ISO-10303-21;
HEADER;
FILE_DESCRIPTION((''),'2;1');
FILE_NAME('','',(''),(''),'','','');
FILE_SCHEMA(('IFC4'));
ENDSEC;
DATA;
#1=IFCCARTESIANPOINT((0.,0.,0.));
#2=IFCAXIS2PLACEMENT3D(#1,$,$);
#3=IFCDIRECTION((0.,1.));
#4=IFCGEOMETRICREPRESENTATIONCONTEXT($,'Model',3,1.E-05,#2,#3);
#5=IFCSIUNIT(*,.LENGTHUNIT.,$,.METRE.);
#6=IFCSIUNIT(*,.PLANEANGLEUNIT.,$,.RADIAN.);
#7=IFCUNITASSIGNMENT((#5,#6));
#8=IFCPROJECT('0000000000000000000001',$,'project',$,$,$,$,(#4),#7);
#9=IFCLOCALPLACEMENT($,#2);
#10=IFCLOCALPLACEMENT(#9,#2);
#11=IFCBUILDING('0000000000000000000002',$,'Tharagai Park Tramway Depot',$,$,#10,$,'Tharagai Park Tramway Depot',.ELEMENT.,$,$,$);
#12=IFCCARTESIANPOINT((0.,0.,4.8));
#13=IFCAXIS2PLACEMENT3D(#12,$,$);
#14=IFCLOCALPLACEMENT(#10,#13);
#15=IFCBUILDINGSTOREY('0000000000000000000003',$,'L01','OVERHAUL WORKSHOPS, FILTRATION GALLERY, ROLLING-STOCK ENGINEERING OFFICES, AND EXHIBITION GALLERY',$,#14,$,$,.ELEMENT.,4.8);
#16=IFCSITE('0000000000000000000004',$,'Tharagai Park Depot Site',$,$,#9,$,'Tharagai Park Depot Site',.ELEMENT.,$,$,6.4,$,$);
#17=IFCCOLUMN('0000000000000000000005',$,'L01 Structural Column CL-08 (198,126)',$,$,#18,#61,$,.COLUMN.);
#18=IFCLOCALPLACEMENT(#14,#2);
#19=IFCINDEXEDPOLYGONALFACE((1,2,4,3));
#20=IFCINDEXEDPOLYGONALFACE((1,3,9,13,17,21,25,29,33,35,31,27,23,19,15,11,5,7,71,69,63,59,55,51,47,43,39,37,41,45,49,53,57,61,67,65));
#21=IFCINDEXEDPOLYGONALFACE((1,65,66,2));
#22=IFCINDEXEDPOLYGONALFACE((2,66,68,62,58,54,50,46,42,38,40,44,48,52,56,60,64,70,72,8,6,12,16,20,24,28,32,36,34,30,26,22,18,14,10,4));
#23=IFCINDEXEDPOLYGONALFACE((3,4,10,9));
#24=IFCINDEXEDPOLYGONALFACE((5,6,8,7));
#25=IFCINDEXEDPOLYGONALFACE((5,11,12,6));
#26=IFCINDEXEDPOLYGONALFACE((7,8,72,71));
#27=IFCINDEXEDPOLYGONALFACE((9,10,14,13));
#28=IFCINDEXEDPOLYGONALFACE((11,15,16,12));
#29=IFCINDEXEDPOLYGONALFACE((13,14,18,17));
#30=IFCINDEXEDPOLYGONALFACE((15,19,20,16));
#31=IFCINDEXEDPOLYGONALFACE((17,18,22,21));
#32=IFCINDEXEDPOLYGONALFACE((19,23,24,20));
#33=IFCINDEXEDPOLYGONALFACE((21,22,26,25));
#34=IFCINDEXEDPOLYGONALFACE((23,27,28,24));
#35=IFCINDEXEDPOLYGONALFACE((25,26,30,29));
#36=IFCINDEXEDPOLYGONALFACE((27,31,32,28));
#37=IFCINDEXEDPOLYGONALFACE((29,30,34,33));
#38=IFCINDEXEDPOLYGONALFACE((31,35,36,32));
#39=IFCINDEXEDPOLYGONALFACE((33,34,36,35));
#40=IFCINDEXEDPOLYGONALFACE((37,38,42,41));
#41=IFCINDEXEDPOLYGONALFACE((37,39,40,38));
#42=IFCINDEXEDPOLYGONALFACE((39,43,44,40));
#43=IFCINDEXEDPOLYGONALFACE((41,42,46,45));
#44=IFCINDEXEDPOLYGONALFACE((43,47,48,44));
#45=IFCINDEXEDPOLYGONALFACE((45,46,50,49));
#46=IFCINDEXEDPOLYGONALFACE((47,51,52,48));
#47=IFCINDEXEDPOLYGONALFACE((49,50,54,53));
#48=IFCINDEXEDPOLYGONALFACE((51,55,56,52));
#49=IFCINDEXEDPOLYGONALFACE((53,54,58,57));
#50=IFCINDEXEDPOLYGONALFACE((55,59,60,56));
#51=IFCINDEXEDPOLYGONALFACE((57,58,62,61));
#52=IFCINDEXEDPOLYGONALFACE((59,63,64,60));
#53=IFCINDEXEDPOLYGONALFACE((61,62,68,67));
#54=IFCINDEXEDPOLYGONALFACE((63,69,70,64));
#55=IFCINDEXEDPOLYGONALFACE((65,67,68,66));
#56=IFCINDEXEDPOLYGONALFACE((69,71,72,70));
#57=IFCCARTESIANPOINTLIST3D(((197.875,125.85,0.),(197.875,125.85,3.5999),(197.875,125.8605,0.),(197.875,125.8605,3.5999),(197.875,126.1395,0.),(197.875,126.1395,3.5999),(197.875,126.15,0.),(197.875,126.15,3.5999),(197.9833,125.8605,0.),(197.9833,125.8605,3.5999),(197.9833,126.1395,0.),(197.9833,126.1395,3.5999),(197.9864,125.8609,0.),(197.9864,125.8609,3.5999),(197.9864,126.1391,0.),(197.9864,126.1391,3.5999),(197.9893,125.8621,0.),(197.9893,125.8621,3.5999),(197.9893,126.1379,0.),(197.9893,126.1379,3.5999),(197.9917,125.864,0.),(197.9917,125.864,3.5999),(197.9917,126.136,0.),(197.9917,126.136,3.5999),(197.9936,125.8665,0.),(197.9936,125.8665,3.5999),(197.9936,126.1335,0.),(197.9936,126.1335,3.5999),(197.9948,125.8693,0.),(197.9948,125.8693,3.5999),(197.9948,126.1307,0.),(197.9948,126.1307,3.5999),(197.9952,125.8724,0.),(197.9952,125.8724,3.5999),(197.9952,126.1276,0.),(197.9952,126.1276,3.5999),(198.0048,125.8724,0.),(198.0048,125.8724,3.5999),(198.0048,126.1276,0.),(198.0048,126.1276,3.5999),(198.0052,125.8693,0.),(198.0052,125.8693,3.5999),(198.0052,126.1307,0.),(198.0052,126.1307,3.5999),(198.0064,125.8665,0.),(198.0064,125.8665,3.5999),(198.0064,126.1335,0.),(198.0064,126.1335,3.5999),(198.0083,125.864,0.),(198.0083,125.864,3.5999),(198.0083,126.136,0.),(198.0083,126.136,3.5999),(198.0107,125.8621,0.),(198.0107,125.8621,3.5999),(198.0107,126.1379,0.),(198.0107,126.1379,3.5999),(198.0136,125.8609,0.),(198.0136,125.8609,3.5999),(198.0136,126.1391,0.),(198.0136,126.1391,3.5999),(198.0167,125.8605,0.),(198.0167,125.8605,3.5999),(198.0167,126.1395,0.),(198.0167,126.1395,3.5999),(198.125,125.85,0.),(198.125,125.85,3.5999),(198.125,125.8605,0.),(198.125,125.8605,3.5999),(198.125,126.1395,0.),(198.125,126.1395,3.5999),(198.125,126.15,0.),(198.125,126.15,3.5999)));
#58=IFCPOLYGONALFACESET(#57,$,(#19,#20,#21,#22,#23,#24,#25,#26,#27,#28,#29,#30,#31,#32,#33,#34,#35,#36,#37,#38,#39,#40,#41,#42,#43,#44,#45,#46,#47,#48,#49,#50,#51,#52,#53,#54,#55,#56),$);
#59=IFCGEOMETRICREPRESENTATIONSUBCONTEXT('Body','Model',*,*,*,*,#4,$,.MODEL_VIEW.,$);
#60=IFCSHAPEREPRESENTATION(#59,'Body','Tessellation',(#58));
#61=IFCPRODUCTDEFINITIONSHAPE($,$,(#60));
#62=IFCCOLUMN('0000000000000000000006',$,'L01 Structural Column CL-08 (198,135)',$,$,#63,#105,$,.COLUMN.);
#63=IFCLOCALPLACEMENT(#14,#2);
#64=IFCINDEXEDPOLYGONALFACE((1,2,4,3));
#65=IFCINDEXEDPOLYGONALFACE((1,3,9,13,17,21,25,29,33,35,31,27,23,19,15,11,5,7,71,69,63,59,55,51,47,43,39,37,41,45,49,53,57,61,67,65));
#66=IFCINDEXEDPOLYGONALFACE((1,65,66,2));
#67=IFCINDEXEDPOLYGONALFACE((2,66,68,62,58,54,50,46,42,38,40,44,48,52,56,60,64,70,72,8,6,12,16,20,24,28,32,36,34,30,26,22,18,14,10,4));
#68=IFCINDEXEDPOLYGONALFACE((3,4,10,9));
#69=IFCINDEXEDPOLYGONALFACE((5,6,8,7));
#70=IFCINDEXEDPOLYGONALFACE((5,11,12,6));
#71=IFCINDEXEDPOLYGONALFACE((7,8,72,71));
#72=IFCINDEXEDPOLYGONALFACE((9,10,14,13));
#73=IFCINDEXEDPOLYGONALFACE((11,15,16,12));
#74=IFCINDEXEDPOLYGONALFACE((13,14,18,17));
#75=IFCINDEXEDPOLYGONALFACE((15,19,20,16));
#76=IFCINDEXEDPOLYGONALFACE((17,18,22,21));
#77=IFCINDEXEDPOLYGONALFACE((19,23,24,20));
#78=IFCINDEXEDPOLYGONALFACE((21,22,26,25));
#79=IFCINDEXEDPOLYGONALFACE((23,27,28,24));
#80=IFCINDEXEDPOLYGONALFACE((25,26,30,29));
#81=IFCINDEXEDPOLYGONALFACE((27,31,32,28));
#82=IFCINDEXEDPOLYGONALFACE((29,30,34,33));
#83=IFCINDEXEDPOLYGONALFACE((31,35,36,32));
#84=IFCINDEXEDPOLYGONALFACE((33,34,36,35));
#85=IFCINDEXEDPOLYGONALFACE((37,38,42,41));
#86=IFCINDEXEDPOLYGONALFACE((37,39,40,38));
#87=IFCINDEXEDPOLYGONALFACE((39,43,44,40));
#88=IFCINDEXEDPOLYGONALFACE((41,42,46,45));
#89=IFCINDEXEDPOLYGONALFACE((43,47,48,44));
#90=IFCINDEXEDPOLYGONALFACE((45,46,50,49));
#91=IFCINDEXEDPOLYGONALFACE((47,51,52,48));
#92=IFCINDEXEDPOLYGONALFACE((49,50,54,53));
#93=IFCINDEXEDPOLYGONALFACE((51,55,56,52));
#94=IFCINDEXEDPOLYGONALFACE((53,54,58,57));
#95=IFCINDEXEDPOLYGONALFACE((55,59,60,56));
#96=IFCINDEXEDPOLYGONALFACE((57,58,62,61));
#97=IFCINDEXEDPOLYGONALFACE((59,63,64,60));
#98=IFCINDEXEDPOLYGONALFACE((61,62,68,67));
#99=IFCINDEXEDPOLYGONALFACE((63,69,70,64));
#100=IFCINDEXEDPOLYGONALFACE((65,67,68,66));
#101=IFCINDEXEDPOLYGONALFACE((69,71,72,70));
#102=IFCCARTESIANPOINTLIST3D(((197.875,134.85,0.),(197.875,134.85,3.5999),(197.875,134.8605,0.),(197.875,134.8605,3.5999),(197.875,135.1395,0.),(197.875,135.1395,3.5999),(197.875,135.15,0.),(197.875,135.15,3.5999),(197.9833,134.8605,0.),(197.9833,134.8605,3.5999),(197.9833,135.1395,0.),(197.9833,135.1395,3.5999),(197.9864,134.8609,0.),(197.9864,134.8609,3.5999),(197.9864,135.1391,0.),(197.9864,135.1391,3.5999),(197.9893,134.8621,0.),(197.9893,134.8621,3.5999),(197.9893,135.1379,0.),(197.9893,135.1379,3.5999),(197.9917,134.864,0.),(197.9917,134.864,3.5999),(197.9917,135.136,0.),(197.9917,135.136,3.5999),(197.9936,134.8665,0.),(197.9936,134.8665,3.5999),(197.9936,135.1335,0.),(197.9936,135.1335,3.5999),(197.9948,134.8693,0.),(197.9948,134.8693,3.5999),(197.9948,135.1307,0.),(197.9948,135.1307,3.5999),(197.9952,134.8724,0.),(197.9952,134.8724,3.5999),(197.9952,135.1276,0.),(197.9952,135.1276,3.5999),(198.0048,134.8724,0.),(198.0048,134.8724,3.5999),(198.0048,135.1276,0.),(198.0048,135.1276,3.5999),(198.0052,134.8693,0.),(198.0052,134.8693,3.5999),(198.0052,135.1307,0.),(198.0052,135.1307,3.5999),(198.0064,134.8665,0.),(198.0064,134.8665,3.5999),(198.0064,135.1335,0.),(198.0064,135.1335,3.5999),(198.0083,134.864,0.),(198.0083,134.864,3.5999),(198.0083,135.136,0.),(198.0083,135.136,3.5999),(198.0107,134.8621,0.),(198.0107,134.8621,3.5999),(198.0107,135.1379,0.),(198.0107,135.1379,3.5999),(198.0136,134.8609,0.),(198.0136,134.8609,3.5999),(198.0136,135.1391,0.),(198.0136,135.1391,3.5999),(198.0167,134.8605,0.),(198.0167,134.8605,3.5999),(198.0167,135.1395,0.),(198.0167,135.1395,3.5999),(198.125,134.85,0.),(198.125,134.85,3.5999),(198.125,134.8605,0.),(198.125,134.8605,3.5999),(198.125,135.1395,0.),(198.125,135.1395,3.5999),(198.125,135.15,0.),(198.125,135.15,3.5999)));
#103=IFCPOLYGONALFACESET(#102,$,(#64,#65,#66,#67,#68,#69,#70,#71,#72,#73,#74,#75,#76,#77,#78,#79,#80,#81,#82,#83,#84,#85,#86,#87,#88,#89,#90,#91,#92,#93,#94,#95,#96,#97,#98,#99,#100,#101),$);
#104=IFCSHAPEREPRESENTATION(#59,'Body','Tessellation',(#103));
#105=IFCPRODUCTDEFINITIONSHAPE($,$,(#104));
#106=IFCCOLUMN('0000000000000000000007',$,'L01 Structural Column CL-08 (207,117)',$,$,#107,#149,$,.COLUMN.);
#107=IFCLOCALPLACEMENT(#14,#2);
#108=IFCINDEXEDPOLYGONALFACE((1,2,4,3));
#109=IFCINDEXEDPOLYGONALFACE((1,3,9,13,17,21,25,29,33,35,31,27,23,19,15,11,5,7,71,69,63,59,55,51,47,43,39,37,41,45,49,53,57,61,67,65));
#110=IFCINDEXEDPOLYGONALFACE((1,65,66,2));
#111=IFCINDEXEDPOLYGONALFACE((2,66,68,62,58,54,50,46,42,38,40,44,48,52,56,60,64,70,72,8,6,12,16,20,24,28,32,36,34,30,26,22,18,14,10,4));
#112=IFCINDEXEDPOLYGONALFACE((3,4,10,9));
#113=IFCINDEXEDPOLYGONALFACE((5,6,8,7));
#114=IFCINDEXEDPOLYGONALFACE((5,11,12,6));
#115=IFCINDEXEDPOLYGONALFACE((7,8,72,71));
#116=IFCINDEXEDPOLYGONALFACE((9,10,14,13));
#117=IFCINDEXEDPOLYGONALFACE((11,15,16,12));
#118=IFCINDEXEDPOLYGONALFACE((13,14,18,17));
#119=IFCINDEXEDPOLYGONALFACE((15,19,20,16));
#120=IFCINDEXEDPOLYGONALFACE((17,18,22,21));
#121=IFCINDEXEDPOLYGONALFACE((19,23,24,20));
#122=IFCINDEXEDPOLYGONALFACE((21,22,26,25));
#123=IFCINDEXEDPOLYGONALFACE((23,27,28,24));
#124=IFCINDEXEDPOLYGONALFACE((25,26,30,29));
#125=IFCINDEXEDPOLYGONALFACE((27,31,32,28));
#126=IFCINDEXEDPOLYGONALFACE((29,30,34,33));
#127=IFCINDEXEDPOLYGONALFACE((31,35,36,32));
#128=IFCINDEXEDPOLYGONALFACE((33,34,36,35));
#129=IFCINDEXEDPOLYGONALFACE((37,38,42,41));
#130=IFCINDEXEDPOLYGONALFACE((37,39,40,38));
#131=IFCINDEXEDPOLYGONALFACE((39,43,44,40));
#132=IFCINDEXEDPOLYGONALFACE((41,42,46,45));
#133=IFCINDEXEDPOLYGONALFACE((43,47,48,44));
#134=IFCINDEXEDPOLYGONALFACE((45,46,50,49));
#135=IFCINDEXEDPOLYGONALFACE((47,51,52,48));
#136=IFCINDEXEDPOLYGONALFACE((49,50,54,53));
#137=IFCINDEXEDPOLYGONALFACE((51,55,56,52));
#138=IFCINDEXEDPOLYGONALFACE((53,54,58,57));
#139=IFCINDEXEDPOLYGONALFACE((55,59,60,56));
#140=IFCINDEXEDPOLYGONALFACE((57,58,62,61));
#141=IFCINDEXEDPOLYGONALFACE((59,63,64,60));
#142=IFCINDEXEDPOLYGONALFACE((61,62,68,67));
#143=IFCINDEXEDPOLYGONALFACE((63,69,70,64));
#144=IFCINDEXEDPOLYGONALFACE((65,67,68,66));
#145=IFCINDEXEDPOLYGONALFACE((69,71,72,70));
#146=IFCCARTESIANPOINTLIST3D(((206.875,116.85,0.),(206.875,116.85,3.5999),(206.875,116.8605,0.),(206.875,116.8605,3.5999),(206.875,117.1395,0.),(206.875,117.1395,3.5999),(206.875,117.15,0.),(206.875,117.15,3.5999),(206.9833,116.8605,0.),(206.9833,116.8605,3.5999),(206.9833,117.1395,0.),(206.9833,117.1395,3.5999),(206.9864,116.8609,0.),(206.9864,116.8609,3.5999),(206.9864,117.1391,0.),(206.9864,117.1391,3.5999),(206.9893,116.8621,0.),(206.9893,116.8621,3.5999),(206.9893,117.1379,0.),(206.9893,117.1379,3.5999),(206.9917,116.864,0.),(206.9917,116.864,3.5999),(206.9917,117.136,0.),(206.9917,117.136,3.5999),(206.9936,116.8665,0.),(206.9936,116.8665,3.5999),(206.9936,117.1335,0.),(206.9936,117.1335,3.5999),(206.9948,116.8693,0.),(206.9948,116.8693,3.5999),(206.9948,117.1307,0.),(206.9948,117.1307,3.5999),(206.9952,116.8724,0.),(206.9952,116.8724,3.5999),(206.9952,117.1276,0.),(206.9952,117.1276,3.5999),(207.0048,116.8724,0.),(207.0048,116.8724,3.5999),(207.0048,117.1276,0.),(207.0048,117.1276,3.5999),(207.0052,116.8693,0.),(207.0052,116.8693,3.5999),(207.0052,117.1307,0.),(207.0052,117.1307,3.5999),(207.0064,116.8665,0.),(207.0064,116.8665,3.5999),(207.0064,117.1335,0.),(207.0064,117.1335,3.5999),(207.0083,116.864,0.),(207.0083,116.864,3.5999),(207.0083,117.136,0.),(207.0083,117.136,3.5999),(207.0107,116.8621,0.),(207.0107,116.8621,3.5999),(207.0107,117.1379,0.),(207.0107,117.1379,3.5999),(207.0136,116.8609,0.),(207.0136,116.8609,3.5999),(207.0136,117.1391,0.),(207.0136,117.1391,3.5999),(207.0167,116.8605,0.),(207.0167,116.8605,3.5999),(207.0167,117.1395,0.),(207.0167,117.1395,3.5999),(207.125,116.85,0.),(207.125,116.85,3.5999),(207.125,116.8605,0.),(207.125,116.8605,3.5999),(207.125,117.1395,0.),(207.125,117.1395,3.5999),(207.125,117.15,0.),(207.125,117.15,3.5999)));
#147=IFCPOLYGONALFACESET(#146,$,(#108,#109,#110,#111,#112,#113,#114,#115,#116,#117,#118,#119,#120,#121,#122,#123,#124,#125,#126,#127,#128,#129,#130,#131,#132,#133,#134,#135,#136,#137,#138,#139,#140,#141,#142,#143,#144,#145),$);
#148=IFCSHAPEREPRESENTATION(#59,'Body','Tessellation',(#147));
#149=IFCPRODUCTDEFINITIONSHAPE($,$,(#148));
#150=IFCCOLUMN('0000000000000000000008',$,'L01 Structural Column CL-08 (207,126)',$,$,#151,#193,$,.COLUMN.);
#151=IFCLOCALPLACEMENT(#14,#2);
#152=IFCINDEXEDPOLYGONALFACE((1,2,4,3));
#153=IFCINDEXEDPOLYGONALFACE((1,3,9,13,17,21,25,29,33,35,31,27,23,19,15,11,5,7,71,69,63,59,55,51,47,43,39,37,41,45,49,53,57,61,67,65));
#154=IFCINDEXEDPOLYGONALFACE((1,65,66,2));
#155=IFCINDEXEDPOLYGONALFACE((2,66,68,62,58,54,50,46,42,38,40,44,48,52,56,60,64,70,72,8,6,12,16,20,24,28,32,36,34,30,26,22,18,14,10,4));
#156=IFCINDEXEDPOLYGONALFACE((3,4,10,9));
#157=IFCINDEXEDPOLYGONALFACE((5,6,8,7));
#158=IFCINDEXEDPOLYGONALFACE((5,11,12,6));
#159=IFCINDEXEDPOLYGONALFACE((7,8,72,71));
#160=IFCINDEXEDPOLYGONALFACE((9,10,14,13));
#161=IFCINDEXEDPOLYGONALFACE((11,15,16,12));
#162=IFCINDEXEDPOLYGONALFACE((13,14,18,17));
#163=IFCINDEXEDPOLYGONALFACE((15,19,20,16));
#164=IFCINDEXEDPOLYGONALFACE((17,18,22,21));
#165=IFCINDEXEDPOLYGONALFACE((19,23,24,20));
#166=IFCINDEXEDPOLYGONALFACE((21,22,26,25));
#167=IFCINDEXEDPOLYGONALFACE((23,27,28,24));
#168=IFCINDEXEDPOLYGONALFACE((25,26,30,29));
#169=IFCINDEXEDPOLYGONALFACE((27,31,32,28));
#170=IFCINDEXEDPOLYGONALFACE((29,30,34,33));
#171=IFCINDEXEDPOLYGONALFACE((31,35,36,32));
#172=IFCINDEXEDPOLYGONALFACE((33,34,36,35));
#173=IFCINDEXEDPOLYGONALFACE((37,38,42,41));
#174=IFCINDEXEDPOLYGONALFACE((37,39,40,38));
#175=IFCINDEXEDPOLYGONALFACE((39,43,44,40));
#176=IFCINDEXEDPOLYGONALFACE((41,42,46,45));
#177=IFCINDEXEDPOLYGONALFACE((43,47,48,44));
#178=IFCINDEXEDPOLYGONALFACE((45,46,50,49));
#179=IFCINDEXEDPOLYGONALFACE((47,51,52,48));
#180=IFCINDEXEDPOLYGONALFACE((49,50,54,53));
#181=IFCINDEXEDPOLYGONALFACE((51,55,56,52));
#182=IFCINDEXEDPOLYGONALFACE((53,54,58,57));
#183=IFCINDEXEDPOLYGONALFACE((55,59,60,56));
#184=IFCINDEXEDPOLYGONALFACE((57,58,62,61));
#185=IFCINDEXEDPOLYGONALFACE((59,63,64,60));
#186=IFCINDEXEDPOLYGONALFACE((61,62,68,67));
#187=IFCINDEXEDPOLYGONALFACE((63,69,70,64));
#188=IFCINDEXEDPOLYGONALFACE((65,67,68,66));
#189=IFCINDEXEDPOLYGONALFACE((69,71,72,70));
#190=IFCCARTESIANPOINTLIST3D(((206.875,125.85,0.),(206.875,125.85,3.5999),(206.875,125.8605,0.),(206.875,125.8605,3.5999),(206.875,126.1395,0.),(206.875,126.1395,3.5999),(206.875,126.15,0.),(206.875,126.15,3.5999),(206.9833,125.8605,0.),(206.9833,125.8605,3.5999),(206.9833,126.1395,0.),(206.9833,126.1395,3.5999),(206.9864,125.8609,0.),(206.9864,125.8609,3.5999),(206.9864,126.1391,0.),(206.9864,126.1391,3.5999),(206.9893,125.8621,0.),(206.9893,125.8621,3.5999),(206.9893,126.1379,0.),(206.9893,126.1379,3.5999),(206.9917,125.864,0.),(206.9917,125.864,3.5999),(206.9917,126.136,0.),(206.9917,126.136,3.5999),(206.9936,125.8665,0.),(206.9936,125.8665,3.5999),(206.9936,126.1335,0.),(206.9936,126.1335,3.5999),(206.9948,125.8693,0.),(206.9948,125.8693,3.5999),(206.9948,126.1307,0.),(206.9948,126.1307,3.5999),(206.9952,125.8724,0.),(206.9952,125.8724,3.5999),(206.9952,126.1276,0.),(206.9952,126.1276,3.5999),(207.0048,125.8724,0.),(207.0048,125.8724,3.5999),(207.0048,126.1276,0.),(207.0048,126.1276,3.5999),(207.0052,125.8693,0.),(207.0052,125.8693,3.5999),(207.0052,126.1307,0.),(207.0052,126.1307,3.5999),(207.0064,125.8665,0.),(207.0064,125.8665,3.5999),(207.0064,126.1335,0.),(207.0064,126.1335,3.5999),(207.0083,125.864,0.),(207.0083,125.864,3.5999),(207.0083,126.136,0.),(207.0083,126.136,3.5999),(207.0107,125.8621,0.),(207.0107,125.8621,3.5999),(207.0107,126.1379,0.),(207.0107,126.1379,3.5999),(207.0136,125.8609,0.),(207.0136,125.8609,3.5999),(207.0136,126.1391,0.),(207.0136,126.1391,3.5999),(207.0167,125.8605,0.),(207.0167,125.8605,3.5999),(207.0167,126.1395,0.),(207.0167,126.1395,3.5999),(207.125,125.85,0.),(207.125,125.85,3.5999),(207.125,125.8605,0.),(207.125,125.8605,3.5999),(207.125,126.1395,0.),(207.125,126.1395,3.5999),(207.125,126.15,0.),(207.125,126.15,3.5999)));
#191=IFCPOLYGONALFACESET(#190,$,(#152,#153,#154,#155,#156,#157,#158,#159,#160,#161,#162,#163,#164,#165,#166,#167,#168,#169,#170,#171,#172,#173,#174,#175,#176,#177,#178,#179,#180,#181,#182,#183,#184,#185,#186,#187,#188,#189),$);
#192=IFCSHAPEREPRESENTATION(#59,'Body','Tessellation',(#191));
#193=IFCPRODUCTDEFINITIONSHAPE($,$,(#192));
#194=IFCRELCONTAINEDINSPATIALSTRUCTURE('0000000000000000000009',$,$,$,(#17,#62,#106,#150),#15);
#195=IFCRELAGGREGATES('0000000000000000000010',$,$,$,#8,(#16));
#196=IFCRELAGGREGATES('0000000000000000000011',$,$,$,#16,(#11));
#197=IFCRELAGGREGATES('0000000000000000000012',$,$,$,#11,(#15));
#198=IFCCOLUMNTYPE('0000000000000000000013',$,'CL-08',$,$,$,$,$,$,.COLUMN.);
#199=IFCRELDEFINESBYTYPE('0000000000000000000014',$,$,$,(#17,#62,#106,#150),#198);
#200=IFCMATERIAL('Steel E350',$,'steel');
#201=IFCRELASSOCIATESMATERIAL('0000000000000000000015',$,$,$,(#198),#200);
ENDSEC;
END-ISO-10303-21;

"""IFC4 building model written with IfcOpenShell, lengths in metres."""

from ifc_helpers import new_model, si_unit, direction, frame, origin, origin_2d, place, context, subcontext, project, spatial, i_section, extrude, material, material_profile, profile_set, type_object, element, save


model = new_model("IFC4")

# Units and contexts
model_context = context("Model", 3, precision=1e-05, world=origin(), true_north=direction((0.0, 1.0)))
body_context = subcontext(model_context, "Body", "Model", "MODEL_VIEW")
ifc_project = project(units=[si_unit("LENGTHUNIT", "METRE"), si_unit("PLANEANGLEUNIT", "RADIAN")], contexts=[model_context])

# Site, building, storey
site_placement = place(None, origin())
site = spatial("IfcSite", under=ifc_project, at=site_placement, Name="Tharagai Park Depot Site", LongName="Tharagai Park Depot Site", CompositionType="ELEMENT", RefElevation=6.4)
building_placement = place(site_placement, origin())
building = spatial("IfcBuilding", under=site, at=building_placement, Name="Tharagai Park Tramway Depot", LongName="Tharagai Park Tramway Depot", CompositionType="ELEMENT")
storey_placement = place(building_placement, frame((0.0, 0.0, 4.8)))
storey = spatial("IfcBuildingStorey", under=building, at=storey_placement, Name="L01", Description="OVERHAUL WORKSHOPS, FILTRATION GALLERY, ROLLING-STOCK ENGINEERING OFFICES, AND EXHIBITION GALLERY", CompositionType="ELEMENT", Elevation=4.8)

# Columns
ifc_material_1 = material(Name="Steel E350", Category="steel")
ifc_material_profile_1 = material_profile(ifc_material_1, i_section(OverallWidth=0.25, OverallDepth=0.3, WebThickness=0.0095, FlangeThickness=0.0105, FilletRadius=0.012, at=origin_2d()), Name="ISHB 300")
ifc_profile_set_1 = profile_set([ifc_material_profile_1], Name="Steel E350")
column_type = type_object("IfcColumnType", Name="CL-08", PredefinedType="COLUMN", material=ifc_profile_set_1)
for number, where, z_axis, x_axis, name in (
    (1, (198.0, 126.0, 0.0), (0.0, 0.0, 1.0), (1.0, 0.0, 0.0), "L01 Structural Column CL-08 (198,126)"),
    (2, (198.0, 135.0, 0.0), (0.0, 0.0, 1.0), (1.0, 0.0, 0.0), "L01 Structural Column CL-08 (198,135)"),
    (3, (207.0, 117.0, 0.0), (0.0, 0.0, 1.0), (1.0, 0.0, 0.0), "L01 Structural Column CL-08 (207,117)"),
    (4, (207.0, 126.0, 0.0), (0.0, 0.0, 1.0), (1.0, 0.0, 0.0), "L01 Structural Column CL-08 (207,126)"),
):
    element("IfcColumn", number, at=place(storey_placement, frame(where, z_axis=z_axis, x_axis=x_axis)), inside=storey, type_object=column_type, Name=name, PredefinedType="COLUMN", context=body_context, shape_type="SweptSolid", body=[
        extrude(i_section(OverallWidth=0.25, OverallDepth=0.3, WebThickness=0.0095, FlangeThickness=0.0105, FilletRadius=0.012, at=origin_2d()), origin(), (0.0, 0.0, 1.0), 3.5999),
    ])

save(model, "model.ifc")
